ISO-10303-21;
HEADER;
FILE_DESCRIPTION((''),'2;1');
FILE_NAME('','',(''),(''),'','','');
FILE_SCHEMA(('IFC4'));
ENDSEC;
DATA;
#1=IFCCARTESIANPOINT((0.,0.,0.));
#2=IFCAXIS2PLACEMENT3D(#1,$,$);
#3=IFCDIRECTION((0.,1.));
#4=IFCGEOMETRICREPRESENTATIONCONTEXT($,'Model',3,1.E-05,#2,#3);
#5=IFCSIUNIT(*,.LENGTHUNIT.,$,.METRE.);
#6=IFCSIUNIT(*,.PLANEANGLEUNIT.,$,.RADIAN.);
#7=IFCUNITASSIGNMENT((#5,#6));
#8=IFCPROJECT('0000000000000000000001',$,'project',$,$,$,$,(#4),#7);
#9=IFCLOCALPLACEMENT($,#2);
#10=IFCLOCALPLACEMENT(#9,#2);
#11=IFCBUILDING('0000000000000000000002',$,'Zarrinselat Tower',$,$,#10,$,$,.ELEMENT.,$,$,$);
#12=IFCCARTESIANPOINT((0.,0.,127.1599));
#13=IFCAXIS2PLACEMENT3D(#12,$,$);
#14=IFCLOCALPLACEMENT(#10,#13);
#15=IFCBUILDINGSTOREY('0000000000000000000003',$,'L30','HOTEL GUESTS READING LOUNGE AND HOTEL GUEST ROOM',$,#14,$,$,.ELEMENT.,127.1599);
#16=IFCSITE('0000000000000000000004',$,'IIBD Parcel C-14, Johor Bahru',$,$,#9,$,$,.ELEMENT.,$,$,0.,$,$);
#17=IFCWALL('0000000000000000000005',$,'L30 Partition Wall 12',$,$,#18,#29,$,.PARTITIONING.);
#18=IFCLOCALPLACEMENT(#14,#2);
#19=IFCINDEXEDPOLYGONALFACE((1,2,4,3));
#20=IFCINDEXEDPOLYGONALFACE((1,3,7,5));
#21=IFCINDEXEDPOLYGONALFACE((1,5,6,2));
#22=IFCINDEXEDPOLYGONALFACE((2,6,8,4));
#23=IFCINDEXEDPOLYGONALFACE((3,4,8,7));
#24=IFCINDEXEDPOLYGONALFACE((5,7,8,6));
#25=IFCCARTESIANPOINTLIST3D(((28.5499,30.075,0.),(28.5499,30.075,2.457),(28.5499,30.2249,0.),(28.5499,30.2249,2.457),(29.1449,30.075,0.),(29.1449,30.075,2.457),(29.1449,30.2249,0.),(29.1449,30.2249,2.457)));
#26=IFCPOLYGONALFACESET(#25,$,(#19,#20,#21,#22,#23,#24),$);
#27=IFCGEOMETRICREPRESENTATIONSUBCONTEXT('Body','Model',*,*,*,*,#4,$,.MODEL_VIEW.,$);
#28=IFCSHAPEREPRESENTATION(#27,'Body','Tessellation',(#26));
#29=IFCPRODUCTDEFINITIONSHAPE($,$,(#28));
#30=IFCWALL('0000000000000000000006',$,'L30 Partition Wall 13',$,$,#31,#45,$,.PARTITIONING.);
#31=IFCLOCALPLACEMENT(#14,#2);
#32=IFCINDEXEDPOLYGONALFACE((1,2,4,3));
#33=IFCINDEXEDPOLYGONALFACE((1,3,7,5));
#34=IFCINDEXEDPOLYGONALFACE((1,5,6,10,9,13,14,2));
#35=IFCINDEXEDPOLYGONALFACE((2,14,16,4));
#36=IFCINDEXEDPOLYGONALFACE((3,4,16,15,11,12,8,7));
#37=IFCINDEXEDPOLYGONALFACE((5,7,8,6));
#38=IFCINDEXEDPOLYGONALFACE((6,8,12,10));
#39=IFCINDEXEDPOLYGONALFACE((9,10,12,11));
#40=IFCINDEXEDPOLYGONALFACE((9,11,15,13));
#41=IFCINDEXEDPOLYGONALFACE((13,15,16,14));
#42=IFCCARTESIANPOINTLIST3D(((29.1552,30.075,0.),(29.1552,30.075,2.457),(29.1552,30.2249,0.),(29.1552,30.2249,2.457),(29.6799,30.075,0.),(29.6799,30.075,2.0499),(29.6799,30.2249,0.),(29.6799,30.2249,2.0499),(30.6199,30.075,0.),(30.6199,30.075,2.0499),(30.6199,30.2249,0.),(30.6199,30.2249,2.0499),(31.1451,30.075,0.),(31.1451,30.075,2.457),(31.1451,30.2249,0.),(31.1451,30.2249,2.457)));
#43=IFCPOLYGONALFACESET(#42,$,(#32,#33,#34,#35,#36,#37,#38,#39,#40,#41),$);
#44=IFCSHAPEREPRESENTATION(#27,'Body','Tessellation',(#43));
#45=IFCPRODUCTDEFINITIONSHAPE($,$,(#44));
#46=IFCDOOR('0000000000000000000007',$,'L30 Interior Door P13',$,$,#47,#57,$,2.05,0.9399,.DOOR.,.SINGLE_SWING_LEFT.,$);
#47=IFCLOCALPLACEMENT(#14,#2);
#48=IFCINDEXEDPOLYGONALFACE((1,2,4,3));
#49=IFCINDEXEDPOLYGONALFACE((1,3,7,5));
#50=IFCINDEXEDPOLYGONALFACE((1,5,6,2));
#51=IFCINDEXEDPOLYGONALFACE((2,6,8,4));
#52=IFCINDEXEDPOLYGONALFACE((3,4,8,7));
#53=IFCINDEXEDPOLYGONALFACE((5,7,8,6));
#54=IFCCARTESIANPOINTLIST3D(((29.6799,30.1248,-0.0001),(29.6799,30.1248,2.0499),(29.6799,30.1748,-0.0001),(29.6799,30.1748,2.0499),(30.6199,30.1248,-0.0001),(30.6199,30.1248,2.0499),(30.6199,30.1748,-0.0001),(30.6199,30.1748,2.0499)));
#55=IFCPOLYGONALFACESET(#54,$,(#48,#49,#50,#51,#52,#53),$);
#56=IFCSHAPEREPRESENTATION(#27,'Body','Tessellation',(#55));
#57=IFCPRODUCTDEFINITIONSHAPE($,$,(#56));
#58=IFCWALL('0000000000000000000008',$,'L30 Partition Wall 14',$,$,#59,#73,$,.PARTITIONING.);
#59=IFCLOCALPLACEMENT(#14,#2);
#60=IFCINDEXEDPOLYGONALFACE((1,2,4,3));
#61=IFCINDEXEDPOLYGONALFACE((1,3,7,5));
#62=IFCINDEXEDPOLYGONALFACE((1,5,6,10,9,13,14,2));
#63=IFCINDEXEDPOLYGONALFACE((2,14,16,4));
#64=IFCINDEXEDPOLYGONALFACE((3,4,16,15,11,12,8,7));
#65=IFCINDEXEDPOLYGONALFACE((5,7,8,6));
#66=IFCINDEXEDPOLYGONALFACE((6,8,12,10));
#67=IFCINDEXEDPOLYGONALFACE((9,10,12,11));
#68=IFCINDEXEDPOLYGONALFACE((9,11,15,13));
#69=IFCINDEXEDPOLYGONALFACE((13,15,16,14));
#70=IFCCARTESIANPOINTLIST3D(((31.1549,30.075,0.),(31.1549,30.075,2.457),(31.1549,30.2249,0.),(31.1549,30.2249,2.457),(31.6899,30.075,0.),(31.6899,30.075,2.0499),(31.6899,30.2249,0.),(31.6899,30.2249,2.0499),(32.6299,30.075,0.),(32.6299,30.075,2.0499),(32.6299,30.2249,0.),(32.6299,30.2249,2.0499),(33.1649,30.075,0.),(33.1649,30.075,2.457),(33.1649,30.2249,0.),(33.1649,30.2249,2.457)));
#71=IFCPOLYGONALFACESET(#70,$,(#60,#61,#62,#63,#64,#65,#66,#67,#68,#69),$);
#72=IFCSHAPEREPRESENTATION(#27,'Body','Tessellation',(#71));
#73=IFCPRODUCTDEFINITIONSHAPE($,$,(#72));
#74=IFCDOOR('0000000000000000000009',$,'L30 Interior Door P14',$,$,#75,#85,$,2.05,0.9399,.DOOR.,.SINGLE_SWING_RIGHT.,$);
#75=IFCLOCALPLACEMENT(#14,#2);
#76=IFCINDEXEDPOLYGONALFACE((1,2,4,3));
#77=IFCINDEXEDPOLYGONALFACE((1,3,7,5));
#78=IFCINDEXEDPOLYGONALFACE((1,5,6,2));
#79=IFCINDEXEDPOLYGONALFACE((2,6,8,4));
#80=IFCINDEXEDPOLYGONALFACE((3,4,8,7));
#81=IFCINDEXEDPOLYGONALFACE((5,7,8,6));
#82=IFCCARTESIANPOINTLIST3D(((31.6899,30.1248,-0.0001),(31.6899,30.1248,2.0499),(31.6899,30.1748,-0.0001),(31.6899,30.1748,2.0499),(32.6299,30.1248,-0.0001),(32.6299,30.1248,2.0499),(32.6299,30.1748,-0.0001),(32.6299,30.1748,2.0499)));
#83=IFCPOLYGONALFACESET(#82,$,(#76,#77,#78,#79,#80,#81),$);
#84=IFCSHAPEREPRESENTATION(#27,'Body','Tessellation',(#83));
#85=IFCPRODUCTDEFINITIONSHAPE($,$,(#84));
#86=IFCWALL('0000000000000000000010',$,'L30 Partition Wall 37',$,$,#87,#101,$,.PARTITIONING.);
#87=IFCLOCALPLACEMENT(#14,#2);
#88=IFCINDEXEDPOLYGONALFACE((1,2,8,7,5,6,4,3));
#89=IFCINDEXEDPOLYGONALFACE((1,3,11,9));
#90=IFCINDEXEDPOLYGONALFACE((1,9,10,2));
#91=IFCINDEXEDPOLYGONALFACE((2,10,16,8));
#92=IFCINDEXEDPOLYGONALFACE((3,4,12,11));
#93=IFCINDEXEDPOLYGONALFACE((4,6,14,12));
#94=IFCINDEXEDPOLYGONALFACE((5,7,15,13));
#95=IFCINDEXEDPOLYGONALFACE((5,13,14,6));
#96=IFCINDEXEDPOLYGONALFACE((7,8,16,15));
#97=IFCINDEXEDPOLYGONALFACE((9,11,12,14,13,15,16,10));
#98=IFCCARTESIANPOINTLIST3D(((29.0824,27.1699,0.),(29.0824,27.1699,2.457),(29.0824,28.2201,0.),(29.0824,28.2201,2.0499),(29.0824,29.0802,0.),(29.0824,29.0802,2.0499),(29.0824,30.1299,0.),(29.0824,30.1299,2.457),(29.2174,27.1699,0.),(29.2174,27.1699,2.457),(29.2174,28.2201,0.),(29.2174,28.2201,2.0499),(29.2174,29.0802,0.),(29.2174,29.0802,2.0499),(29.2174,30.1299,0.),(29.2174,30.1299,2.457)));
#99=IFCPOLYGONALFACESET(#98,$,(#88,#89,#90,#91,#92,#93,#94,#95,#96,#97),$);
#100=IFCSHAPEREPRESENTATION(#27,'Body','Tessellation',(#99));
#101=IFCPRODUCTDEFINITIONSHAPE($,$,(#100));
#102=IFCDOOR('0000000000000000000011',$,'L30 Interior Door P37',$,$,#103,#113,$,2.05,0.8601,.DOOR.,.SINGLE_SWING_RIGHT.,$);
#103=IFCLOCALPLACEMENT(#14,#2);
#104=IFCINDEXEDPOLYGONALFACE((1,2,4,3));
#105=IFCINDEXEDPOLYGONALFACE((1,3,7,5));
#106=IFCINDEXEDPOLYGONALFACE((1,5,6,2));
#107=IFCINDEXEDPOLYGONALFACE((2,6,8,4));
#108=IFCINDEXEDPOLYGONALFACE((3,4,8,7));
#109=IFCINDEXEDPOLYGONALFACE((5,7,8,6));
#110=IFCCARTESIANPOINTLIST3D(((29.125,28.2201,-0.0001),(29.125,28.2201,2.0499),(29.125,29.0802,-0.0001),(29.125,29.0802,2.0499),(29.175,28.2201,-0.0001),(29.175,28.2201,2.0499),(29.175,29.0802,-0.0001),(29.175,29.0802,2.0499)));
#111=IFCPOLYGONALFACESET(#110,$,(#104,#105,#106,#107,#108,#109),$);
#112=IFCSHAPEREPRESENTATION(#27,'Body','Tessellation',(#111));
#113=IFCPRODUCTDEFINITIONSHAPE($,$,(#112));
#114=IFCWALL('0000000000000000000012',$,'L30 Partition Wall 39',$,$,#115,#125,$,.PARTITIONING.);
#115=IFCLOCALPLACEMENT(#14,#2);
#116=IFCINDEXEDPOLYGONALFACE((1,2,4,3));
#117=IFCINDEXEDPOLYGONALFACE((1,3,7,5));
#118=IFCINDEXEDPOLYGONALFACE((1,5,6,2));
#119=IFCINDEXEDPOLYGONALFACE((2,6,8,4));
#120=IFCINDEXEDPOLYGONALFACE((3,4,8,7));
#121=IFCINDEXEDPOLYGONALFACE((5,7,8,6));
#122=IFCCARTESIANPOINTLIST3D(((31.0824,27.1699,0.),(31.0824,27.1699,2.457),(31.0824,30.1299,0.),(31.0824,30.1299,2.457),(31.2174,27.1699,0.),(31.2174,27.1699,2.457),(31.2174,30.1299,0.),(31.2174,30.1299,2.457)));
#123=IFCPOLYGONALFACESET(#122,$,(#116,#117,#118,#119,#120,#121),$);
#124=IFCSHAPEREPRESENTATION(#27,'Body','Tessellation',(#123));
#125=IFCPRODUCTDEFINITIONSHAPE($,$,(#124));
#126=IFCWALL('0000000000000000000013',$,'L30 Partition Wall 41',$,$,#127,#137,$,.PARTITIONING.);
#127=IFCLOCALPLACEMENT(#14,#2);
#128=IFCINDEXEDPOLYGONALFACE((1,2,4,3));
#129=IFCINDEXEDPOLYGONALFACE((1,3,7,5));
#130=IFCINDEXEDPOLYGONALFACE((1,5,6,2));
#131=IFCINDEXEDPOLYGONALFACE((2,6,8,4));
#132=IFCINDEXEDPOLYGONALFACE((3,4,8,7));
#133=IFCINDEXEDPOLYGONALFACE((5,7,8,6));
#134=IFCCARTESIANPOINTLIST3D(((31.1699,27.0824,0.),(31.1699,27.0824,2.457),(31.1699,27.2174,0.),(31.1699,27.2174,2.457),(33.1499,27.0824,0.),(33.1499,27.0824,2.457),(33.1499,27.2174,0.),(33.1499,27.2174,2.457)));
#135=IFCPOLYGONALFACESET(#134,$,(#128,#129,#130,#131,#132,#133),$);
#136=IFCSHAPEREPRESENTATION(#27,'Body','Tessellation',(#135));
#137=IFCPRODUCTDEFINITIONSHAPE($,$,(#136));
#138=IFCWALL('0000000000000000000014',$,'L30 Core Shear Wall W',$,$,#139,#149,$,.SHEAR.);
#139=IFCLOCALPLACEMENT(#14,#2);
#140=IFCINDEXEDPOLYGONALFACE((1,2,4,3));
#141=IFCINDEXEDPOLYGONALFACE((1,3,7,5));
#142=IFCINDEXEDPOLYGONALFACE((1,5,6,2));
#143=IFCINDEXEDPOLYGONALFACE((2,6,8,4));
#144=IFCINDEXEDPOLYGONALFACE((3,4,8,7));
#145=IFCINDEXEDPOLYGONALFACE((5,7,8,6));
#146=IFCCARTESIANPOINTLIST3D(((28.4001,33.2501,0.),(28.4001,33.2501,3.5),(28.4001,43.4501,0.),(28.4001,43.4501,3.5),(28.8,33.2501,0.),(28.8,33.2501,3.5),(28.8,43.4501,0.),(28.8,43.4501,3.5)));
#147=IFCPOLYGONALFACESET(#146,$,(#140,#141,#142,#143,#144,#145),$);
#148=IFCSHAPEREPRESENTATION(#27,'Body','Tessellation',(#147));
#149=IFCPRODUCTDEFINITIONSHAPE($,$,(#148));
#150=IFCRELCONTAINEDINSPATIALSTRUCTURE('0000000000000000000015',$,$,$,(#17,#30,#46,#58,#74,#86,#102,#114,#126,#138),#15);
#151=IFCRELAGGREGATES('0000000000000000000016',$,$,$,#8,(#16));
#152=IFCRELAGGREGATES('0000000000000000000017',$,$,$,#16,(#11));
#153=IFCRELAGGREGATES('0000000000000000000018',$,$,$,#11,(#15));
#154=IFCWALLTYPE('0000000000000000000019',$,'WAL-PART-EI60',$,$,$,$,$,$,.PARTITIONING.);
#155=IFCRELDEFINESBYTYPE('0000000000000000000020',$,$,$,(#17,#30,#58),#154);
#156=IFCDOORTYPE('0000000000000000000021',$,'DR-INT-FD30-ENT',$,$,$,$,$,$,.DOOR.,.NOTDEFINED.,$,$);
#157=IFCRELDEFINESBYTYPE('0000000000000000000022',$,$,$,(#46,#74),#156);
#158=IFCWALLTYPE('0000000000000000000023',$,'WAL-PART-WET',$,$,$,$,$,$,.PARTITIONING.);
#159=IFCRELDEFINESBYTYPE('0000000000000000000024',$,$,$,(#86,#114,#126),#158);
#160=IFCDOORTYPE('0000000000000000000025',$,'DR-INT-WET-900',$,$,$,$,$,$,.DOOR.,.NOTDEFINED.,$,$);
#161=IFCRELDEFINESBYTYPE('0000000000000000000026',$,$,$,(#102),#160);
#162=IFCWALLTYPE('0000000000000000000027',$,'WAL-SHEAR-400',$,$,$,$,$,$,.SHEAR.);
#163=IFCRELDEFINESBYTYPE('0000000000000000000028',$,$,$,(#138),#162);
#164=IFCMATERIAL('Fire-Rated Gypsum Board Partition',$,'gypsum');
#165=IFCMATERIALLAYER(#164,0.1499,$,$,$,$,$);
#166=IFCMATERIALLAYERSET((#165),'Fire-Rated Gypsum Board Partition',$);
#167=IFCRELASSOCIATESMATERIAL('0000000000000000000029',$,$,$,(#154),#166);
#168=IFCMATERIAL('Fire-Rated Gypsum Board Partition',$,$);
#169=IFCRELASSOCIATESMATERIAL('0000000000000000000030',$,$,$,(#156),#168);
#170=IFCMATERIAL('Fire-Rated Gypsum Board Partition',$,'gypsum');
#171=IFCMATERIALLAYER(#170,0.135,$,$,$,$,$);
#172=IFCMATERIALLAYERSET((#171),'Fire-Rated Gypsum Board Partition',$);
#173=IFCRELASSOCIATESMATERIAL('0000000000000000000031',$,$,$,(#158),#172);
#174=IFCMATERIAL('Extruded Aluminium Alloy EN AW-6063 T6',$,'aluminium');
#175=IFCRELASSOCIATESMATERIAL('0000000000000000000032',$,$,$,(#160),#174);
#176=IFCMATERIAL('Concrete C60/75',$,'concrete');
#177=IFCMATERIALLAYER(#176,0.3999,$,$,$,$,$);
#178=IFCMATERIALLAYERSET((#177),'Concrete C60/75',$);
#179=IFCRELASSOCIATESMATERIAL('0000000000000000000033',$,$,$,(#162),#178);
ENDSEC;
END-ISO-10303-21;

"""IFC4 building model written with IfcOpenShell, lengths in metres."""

from ifc_helpers import new_model, si_unit, direction, frame, frame_2d, origin, place, context, subcontext, project, spatial, rectangle, extrude, material, layer, layer_set, type_object, element, fill, save


model = new_model("IFC4")

# Units and contexts
model_context = context("Model", 3, precision=1e-05, world=origin(), true_north=direction((0.0, 1.0)))
body_context = subcontext(model_context, "Body", "Model", "MODEL_VIEW")
ifc_project = project(units=[si_unit("LENGTHUNIT", "METRE"), si_unit("PLANEANGLEUNIT", "RADIAN")], contexts=[model_context])

# Site, building, storey
site_placement = place(None, origin())
site = spatial("IfcSite", under=ifc_project, at=site_placement, Name="IIBD Parcel C-14, Johor Bahru", CompositionType="ELEMENT", RefElevation=0.0)
building_placement = place(site_placement, origin())
building = spatial("IfcBuilding", under=site, at=building_placement, Name="Zarrinselat Tower", CompositionType="ELEMENT")
storey_placement = place(building_placement, frame((0.0, 0.0, 127.1599)))
storey = spatial("IfcBuildingStorey", under=building, at=storey_placement, Name="L30", Description="HOTEL GUESTS READING LOUNGE AND HOTEL GUEST ROOM", CompositionType="ELEMENT", Elevation=127.1599)

# Wall
ifc_material_1 = material(Name="Fire-Rated Gypsum Board Partition", Category="gypsum")
ifc_layer_1 = layer(ifc_material_1, 0.1499)
ifc_layer_set_1 = layer_set([ifc_layer_1], Name="Fire-Rated Gypsum Board Partition")
wall_type_1 = type_object("IfcWallType", Name="WAL-PART-EI60", PredefinedType="PARTITIONING", material=ifc_layer_set_1)
wall_1_placement = place(storey_placement, frame((28.55, 30.1499, 0.0), z_axis=(0.0, 0.0, 1.0), x_axis=(1.0, 0.0, 0.0)))
element("IfcWall", 1, at=wall_1_placement, inside=storey, type_object=wall_type_1, Name="L30 Partition Wall 12", PredefinedType="PARTITIONING", context=body_context, shape_type="SweptSolid", body=[
    extrude(rectangle(XDim=0.595, YDim=0.1499, at=frame_2d((0.2974, 0.0))), origin(), (0.0, 0.0, 1.0), 2.457),
])

# Walls, openings, doors
wall_2_placement = place(storey_placement, frame((29.155, 30.1499, 0.0), z_axis=(0.0, 0.0, 1.0), x_axis=(1.0, 0.0, 0.0)))
wall_2 = element("IfcWall", 2, at=wall_2_placement, inside=storey, type_object=wall_type_1, Name="L30 Partition Wall 13", PredefinedType="PARTITIONING", context=body_context, shape_type="SweptSolid", body=[
    extrude(rectangle(XDim=1.99, YDim=0.1499, at=frame_2d((0.9951, 0.0))), origin(), (0.0, 0.0, 1.0), 2.457),
])
opening_1_placement = place(wall_2_placement, frame((0.5249, 0.0, 0.0)))
opening_1 = element("IfcOpeningElement", 3, at=opening_1_placement, cuts=wall_2, PredefinedType="OPENING", context=body_context, shape_type="SweptSolid", body=[
    extrude(rectangle(XDim=0.9399, YDim=2.05, at=frame_2d((0.47, 1.0249))), frame((0.0, 0.085, 0.0), z_axis=(0.0, -1.0, 0.0), x_axis=(1.0, 0.0, 0.0)), (0.0, 0.0, 1.0), 0.1699),
])
ifc_material_2 = material(Name="Fire-Rated Gypsum Board Partition")
door_type_1 = type_object("IfcDoorType", Name="DR-INT-FD30-ENT", OperationType="NOTDEFINED", PredefinedType="DOOR", material=ifc_material_2)
door_1_placement = place(opening_1_placement, origin())
door_1 = element("IfcDoor", 4, at=door_1_placement, inside=storey, type_object=door_type_1, Name="L30 Interior Door P13", OperationType="SINGLE_SWING_LEFT", OverallHeight=2.05, OverallWidth=0.9399, PredefinedType="DOOR", context=body_context, shape_type="SweptSolid", body=[
    extrude(rectangle(XDim=0.9399, YDim=2.05, at=frame_2d((0.47, 1.0249))), frame((0.0, 0.0249, 0.0), z_axis=(0.0, -1.0, 0.0), x_axis=(1.0, 0.0, 0.0)), (0.0, 0.0, 1.0), 0.05),
])
fill(opening_1, door_1)
wall_3_placement = place(storey_placement, frame((31.155, 30.1499, 0.0), z_axis=(0.0, 0.0, 1.0), x_axis=(1.0, 0.0, 0.0)))
wall_3 = element("IfcWall", 5, at=wall_3_placement, inside=storey, type_object=wall_type_1, Name="L30 Partition Wall 14", PredefinedType="PARTITIONING", context=body_context, shape_type="SweptSolid", body=[
    extrude(rectangle(XDim=2.01, YDim=0.1499, at=frame_2d((1.0049, 0.0))), origin(), (0.0, 0.0, 1.0), 2.457),
])
opening_2_placement = place(wall_3_placement, frame((0.5349, 0.0, 0.0)))
opening_2 = element("IfcOpeningElement", 6, at=opening_2_placement, cuts=wall_3, PredefinedType="OPENING", context=body_context, shape_type="SweptSolid", body=[
    extrude(rectangle(XDim=0.9399, YDim=2.05, at=frame_2d((0.47, 1.0249))), frame((0.0, 0.085, 0.0), z_axis=(0.0, -1.0, 0.0), x_axis=(1.0, 0.0, 0.0)), (0.0, 0.0, 1.0), 0.1699),
])
door_2_placement = place(opening_2_placement, origin())
door_2 = element("IfcDoor", 7, at=door_2_placement, inside=storey, type_object=door_type_1, Name="L30 Interior Door P14", OperationType="SINGLE_SWING_RIGHT", OverallHeight=2.05, OverallWidth=0.9399, PredefinedType="DOOR", context=body_context, shape_type="SweptSolid", body=[
    extrude(rectangle(XDim=0.9399, YDim=2.05, at=frame_2d((0.47, 1.0249))), frame((0.0, 0.0249, 0.0), z_axis=(0.0, -1.0, 0.0), x_axis=(1.0, 0.0, 0.0)), (0.0, 0.0, 1.0), 0.05),
])
fill(opening_2, door_2)
ifc_material_3 = material(Name="Fire-Rated Gypsum Board Partition", Category="gypsum")
ifc_layer_2 = layer(ifc_material_3, 0.135)
ifc_layer_set_2 = layer_set([ifc_layer_2], Name="Fire-Rated Gypsum Board Partition")
wall_type_2 = type_object("IfcWallType", Name="WAL-PART-WET", PredefinedType="PARTITIONING", material=ifc_layer_set_2)
wall_4_placement = place(storey_placement, frame((29.1499, 27.1699, 0.0), z_axis=(0.0, 0.0, 1.0), x_axis=(0.0, 1.0, 0.0)))
wall_4 = element("IfcWall", 8, at=wall_4_placement, inside=storey, type_object=wall_type_2, Name="L30 Partition Wall 37", PredefinedType="PARTITIONING", context=body_context, shape_type="SweptSolid", body=[
    extrude(rectangle(XDim=2.96, YDim=0.135, at=frame_2d((1.48, 0.0))), origin(), (0.0, 0.0, 1.0), 2.457),
])
opening_3_placement = place(wall_4_placement, frame((1.05, 0.0, 0.0)))
opening_3 = element("IfcOpeningElement", 9, at=opening_3_placement, cuts=wall_4, PredefinedType="OPENING", context=body_context, shape_type="SweptSolid", body=[
    extrude(rectangle(XDim=0.8601, YDim=2.05, at=frame_2d((0.4302, 1.0249))), frame((0.0, 0.0774, 0.0), z_axis=(0.0, -1.0, 0.0), x_axis=(1.0, 0.0, 0.0)), (0.0, 0.0, 1.0), 0.155),
])
ifc_material_4 = material(Name="Extruded Aluminium Alloy EN AW-6063 T6", Category="aluminium")
door_type_2 = type_object("IfcDoorType", Name="DR-INT-WET-900", OperationType="NOTDEFINED", PredefinedType="DOOR", material=ifc_material_4)
door_3_placement = place(opening_3_placement, origin())
door_3 = element("IfcDoor", 10, at=door_3_placement, inside=storey, type_object=door_type_2, Name="L30 Interior Door P37", OperationType="SINGLE_SWING_RIGHT", OverallHeight=2.05, OverallWidth=0.8601, PredefinedType="DOOR", context=body_context, shape_type="SweptSolid", body=[
    extrude(rectangle(XDim=0.8601, YDim=2.05, at=frame_2d((0.4302, 1.0249))), frame((0.0, 0.0249, 0.0), z_axis=(0.0, -1.0, 0.0), x_axis=(1.0, 0.0, 0.0)), (0.0, 0.0, 1.0), 0.05),
])
fill(opening_3, door_3)

# Walls
wall_5_placement = place(storey_placement, frame((31.1499, 27.1699, 0.0), z_axis=(0.0, 0.0, 1.0), x_axis=(0.0, 1.0, 0.0)))
element("IfcWall", 11, at=wall_5_placement, inside=storey, type_object=wall_type_2, Name="L30 Partition Wall 39", PredefinedType="PARTITIONING", context=body_context, shape_type="SweptSolid", body=[
    extrude(rectangle(XDim=2.96, YDim=0.135, at=frame_2d((1.48, 0.0))), origin(), (0.0, 0.0, 1.0), 2.457),
])
wall_6_placement = place(storey_placement, frame((31.1699, 27.1499, 0.0), z_axis=(0.0, 0.0, 1.0), x_axis=(1.0, 0.0, 0.0)))
element("IfcWall", 12, at=wall_6_placement, inside=storey, type_object=wall_type_2, Name="L30 Partition Wall 41", PredefinedType="PARTITIONING", context=body_context, shape_type="SweptSolid", body=[
    extrude(rectangle(XDim=1.98, YDim=0.135, at=frame_2d((0.99, 0.0))), origin(), (0.0, 0.0, 1.0), 2.457),
])

# Shared definitions
ifc_material_5 = material(Name="Concrete C60/75", Category="concrete")
ifc_layer_3 = layer(ifc_material_5, 0.3999)
ifc_layer_set_3 = layer_set([ifc_layer_3], Name="Concrete C60/75")
wall_type_3 = type_object("IfcWallType", Name="WAL-SHEAR-400", PredefinedType="SHEAR", material=ifc_layer_set_3)

# Wall
wall_7_placement = place(storey_placement, frame((28.6001, 33.25, 0.0), z_axis=(0.0, 0.0, 1.0), x_axis=(0.0, 1.0, 0.0)))
element("IfcWall", 13, at=wall_7_placement, inside=storey, type_object=wall_type_3, Name="L30 Core Shear Wall W", PredefinedType="SHEAR", context=body_context, shape_type="SweptSolid", body=[
    extrude(rectangle(XDim=10.2, YDim=0.3999, at=frame_2d((5.1001, 0.0))), origin(), (0.0, 0.0, 1.0), 3.5),
])

save(model, "model.ifc")
